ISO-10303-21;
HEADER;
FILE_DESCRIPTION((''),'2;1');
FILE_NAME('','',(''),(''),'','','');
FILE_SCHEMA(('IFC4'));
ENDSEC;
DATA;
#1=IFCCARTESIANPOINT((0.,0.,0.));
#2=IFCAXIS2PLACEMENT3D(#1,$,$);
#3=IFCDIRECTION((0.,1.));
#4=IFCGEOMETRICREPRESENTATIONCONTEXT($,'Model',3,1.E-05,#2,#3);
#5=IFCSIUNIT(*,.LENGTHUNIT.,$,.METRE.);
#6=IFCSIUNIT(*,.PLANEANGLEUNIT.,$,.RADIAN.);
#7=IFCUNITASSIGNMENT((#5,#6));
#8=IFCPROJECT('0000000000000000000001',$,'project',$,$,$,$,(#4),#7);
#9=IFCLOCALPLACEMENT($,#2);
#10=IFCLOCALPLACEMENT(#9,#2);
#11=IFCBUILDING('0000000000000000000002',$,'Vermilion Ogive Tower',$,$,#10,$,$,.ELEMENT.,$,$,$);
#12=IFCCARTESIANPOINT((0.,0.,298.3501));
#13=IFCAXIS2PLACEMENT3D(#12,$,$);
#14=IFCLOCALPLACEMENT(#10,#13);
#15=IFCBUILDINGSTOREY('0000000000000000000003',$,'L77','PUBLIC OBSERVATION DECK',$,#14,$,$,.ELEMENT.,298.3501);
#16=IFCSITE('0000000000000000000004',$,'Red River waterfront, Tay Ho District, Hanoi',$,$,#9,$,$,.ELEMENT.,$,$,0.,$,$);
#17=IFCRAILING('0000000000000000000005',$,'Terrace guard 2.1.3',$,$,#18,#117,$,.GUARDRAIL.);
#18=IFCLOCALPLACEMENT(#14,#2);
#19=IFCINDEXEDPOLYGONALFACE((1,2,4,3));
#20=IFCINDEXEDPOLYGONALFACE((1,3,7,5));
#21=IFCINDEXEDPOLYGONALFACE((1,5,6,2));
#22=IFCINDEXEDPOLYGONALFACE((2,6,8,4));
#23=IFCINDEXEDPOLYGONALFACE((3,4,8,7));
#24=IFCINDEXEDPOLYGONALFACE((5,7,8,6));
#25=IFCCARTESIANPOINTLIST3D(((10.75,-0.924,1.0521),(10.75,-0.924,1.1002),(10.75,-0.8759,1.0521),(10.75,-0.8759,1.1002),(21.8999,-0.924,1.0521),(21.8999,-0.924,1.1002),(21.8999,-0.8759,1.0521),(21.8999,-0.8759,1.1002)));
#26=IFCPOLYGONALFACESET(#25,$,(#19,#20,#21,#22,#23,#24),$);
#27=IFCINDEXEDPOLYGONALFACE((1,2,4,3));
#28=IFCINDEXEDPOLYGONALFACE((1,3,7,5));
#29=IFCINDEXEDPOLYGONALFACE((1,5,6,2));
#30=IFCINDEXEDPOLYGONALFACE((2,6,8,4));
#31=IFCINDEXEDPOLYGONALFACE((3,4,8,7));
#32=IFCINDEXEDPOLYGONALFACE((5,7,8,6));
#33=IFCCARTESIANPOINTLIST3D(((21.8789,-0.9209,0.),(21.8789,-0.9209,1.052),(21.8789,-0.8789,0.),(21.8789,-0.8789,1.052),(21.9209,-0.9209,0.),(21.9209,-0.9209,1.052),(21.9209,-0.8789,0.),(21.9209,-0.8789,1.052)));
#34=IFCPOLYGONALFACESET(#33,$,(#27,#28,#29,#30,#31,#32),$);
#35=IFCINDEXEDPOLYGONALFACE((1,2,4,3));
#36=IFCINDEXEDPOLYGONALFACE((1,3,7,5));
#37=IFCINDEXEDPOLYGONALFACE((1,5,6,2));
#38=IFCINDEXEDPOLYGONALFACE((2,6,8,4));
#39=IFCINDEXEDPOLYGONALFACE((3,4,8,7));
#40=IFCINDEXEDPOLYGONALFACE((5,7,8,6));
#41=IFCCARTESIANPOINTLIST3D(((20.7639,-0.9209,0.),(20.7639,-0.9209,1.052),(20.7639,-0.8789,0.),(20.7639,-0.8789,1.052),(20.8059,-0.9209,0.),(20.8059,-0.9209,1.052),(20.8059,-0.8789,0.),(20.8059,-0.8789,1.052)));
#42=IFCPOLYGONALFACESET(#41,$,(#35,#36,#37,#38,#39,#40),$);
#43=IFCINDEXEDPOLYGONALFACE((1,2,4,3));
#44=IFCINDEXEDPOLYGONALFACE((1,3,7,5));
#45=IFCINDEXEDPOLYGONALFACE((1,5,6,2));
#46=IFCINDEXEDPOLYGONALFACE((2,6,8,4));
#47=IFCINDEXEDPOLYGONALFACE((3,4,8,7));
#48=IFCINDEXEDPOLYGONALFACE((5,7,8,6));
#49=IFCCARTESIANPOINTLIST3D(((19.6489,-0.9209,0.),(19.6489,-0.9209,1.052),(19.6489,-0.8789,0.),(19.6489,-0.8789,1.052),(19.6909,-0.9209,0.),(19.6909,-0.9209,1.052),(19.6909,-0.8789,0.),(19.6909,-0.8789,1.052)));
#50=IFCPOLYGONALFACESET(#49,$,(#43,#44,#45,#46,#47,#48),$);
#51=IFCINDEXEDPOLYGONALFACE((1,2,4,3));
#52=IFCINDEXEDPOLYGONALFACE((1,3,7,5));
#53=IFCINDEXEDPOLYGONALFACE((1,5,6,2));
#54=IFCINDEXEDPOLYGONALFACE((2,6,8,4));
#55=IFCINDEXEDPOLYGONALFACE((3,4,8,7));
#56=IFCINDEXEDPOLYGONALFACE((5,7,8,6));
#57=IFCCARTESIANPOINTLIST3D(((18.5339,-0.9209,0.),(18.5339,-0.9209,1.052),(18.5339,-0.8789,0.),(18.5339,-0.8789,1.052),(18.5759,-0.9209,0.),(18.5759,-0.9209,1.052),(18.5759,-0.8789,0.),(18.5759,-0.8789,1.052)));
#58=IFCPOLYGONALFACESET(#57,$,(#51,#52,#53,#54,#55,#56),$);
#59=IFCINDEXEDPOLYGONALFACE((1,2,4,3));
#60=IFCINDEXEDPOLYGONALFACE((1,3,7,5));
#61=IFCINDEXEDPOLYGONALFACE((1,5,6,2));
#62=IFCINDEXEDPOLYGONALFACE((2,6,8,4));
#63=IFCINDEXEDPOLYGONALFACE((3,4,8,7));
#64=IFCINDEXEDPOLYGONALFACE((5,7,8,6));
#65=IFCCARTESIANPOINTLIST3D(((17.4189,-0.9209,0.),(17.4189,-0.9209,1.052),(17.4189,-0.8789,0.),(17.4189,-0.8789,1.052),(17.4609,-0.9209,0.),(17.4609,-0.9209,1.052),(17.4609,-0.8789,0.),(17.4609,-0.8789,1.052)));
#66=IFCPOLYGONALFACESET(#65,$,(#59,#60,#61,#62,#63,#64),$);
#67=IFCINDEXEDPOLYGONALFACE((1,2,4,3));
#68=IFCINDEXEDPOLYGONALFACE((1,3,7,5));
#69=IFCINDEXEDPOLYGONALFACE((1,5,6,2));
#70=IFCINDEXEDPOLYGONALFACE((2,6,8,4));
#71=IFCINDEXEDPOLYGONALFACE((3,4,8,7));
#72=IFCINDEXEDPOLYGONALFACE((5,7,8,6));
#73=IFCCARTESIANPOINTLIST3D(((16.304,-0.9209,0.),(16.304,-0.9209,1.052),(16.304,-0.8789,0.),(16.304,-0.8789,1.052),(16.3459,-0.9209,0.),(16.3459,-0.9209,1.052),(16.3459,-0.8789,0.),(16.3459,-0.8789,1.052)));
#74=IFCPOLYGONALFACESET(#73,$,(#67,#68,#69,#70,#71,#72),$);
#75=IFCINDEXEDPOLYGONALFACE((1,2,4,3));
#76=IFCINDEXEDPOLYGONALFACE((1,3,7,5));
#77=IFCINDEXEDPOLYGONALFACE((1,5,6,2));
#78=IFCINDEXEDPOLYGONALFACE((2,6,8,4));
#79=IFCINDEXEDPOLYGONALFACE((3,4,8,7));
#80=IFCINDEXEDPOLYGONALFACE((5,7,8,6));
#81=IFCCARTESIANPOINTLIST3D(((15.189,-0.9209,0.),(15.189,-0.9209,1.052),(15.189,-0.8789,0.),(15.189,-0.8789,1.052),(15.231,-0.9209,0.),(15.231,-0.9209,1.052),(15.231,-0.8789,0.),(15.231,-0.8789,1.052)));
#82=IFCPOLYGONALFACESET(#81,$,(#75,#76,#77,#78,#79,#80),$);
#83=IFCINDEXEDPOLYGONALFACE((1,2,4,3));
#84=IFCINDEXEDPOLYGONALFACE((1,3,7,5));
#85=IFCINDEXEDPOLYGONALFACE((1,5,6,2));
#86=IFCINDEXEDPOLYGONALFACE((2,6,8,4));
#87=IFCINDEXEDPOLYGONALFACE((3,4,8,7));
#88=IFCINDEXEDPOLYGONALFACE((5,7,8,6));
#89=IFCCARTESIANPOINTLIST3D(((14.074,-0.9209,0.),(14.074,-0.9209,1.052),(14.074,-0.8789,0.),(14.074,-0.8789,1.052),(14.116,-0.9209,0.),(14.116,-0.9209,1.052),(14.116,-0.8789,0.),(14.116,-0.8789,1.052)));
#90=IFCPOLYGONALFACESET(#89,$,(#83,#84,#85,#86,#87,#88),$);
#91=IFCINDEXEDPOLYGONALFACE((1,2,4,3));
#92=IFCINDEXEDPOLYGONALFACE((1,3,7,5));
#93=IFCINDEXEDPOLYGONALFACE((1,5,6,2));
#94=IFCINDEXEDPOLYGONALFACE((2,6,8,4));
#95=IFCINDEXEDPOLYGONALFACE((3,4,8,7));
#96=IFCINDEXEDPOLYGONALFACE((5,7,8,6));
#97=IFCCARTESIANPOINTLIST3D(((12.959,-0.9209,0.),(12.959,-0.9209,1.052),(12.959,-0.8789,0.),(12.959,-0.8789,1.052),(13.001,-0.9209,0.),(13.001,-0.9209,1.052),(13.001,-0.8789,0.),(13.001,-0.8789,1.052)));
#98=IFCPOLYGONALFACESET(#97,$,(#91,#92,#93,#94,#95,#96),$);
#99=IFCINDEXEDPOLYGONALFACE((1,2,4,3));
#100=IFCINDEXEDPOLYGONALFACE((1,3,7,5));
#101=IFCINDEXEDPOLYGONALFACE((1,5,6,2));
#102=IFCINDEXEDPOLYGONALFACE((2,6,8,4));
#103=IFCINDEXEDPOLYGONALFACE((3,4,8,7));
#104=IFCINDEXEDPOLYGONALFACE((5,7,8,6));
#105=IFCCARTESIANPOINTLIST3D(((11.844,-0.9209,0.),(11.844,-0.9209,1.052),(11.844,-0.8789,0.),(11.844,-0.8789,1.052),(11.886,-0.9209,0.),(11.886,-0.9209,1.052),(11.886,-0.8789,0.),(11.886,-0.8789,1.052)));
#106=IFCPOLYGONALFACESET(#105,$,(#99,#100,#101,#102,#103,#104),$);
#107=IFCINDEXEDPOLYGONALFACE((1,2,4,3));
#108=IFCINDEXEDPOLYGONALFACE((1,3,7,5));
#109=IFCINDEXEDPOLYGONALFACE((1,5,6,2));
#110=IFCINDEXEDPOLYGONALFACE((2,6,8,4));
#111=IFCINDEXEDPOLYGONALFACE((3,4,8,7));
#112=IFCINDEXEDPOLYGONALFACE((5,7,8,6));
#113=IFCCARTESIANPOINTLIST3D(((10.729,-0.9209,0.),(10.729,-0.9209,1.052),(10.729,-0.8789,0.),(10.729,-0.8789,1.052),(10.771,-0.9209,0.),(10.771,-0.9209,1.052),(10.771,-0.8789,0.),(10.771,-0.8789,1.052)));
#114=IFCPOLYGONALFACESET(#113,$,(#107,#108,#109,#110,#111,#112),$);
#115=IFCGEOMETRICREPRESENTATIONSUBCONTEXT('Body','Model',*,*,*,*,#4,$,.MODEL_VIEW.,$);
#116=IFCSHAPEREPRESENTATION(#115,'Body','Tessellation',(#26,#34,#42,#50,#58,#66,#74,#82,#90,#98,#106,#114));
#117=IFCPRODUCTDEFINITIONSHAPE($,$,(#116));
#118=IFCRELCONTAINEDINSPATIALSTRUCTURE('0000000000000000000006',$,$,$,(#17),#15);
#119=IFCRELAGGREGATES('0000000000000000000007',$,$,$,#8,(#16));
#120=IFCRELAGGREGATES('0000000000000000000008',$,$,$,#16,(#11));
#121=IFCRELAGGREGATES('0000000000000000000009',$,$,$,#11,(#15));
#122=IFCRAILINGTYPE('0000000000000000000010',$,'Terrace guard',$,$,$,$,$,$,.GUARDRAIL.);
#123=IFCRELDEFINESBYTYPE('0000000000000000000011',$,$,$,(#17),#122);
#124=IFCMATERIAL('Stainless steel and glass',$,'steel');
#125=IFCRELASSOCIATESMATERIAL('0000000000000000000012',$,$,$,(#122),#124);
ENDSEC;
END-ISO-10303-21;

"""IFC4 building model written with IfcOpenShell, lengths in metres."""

from ifc_helpers import new_model, si_unit, direction, frame, origin, origin_2d, place, context, subcontext, project, spatial, rectangle, extrude, material, type_object, element, save


model = new_model("IFC4")

# Units and contexts
model_context = context("Model", 3, precision=1e-05, world=origin(), true_north=direction((0.0, 1.0)))
body_context = subcontext(model_context, "Body", "Model", "MODEL_VIEW")
ifc_project = project(units=[si_unit("LENGTHUNIT", "METRE"), si_unit("PLANEANGLEUNIT", "RADIAN")], contexts=[model_context])

# Site, building, storey
site_placement = place(None, origin())
site = spatial("IfcSite", under=ifc_project, at=site_placement, Name="Red River waterfront, Tay Ho District, Hanoi", CompositionType="ELEMENT", RefElevation=0.0)
building_placement = place(site_placement, origin())
building = spatial("IfcBuilding", under=site, at=building_placement, Name="Vermilion Ogive Tower", CompositionType="ELEMENT")
storey_placement = place(building_placement, frame((0.0, 0.0, 298.3501)))
storey = spatial("IfcBuildingStorey", under=building, at=storey_placement, Name="L77", Description="PUBLIC OBSERVATION DECK", CompositionType="ELEMENT", Elevation=298.3501)

# Railing
ifc_material_1 = material(Name="Stainless steel and glass", Category="steel")
railing_type = type_object("IfcRailingType", Name="Terrace guard", PredefinedType="GUARDRAIL", material=ifc_material_1)
railing_placement = place(storey_placement, frame((21.8999, -0.8999, 0.0)))
element("IfcRailing", 1, at=railing_placement, inside=storey, type_object=railing_type, Name="Terrace guard 2.1.3", PredefinedType="GUARDRAIL", context=body_context, shape_type="SweptSolid", body=[
    extrude(rectangle(XDim=0.0481, YDim=0.0481, at=origin_2d()), frame((0.0, 0.0, 1.0762), z_axis=(-1.0, 0.0, 0.0), x_axis=(0.0, -1.0, 0.0)), (0.0, 0.0, 1.0), 11.1499),
    extrude(rectangle(XDim=0.042, YDim=0.042, at=origin_2d()), origin(), (0.0, 0.0, 1.0), 1.052),
    extrude(rectangle(XDim=0.042, YDim=0.042, at=origin_2d()), frame((-1.115, 0.0, 0.0)), (0.0, 0.0, 1.0), 1.052),
    extrude(rectangle(XDim=0.042, YDim=0.042, at=origin_2d()), frame((-2.23, 0.0, 0.0)), (0.0, 0.0, 1.0), 1.052),
    extrude(rectangle(XDim=0.042, YDim=0.042, at=origin_2d()), frame((-3.345, 0.0, 0.0)), (0.0, 0.0, 1.0), 1.052),
    extrude(rectangle(XDim=0.042, YDim=0.042, at=origin_2d()), frame((-4.46, 0.0, 0.0)), (0.0, 0.0, 1.0), 1.052),
    extrude(rectangle(XDim=0.042, YDim=0.042, at=origin_2d()), frame((-5.575, 0.0, 0.0)), (0.0, 0.0, 1.0), 1.052),
    extrude(rectangle(XDim=0.042, YDim=0.042, at=origin_2d()), frame((-6.6899, 0.0, 0.0)), (0.0, 0.0, 1.0), 1.052),
    extrude(rectangle(XDim=0.042, YDim=0.042, at=origin_2d()), frame((-7.8049, 0.0, 0.0)), (0.0, 0.0, 1.0), 1.052),
    extrude(rectangle(XDim=0.042, YDim=0.042, at=origin_2d()), frame((-8.9199, 0.0, 0.0)), (0.0, 0.0, 1.0), 1.052),
    extrude(rectangle(XDim=0.042, YDim=0.042, at=origin_2d()), frame((-10.0349, 0.0, 0.0)), (0.0, 0.0, 1.0), 1.052),
    extrude(rectangle(XDim=0.042, YDim=0.042, at=origin_2d()), frame((-11.1499, 0.0, 0.0)), (0.0, 0.0, 1.0), 1.052),
])

save(model, "model.ifc")
